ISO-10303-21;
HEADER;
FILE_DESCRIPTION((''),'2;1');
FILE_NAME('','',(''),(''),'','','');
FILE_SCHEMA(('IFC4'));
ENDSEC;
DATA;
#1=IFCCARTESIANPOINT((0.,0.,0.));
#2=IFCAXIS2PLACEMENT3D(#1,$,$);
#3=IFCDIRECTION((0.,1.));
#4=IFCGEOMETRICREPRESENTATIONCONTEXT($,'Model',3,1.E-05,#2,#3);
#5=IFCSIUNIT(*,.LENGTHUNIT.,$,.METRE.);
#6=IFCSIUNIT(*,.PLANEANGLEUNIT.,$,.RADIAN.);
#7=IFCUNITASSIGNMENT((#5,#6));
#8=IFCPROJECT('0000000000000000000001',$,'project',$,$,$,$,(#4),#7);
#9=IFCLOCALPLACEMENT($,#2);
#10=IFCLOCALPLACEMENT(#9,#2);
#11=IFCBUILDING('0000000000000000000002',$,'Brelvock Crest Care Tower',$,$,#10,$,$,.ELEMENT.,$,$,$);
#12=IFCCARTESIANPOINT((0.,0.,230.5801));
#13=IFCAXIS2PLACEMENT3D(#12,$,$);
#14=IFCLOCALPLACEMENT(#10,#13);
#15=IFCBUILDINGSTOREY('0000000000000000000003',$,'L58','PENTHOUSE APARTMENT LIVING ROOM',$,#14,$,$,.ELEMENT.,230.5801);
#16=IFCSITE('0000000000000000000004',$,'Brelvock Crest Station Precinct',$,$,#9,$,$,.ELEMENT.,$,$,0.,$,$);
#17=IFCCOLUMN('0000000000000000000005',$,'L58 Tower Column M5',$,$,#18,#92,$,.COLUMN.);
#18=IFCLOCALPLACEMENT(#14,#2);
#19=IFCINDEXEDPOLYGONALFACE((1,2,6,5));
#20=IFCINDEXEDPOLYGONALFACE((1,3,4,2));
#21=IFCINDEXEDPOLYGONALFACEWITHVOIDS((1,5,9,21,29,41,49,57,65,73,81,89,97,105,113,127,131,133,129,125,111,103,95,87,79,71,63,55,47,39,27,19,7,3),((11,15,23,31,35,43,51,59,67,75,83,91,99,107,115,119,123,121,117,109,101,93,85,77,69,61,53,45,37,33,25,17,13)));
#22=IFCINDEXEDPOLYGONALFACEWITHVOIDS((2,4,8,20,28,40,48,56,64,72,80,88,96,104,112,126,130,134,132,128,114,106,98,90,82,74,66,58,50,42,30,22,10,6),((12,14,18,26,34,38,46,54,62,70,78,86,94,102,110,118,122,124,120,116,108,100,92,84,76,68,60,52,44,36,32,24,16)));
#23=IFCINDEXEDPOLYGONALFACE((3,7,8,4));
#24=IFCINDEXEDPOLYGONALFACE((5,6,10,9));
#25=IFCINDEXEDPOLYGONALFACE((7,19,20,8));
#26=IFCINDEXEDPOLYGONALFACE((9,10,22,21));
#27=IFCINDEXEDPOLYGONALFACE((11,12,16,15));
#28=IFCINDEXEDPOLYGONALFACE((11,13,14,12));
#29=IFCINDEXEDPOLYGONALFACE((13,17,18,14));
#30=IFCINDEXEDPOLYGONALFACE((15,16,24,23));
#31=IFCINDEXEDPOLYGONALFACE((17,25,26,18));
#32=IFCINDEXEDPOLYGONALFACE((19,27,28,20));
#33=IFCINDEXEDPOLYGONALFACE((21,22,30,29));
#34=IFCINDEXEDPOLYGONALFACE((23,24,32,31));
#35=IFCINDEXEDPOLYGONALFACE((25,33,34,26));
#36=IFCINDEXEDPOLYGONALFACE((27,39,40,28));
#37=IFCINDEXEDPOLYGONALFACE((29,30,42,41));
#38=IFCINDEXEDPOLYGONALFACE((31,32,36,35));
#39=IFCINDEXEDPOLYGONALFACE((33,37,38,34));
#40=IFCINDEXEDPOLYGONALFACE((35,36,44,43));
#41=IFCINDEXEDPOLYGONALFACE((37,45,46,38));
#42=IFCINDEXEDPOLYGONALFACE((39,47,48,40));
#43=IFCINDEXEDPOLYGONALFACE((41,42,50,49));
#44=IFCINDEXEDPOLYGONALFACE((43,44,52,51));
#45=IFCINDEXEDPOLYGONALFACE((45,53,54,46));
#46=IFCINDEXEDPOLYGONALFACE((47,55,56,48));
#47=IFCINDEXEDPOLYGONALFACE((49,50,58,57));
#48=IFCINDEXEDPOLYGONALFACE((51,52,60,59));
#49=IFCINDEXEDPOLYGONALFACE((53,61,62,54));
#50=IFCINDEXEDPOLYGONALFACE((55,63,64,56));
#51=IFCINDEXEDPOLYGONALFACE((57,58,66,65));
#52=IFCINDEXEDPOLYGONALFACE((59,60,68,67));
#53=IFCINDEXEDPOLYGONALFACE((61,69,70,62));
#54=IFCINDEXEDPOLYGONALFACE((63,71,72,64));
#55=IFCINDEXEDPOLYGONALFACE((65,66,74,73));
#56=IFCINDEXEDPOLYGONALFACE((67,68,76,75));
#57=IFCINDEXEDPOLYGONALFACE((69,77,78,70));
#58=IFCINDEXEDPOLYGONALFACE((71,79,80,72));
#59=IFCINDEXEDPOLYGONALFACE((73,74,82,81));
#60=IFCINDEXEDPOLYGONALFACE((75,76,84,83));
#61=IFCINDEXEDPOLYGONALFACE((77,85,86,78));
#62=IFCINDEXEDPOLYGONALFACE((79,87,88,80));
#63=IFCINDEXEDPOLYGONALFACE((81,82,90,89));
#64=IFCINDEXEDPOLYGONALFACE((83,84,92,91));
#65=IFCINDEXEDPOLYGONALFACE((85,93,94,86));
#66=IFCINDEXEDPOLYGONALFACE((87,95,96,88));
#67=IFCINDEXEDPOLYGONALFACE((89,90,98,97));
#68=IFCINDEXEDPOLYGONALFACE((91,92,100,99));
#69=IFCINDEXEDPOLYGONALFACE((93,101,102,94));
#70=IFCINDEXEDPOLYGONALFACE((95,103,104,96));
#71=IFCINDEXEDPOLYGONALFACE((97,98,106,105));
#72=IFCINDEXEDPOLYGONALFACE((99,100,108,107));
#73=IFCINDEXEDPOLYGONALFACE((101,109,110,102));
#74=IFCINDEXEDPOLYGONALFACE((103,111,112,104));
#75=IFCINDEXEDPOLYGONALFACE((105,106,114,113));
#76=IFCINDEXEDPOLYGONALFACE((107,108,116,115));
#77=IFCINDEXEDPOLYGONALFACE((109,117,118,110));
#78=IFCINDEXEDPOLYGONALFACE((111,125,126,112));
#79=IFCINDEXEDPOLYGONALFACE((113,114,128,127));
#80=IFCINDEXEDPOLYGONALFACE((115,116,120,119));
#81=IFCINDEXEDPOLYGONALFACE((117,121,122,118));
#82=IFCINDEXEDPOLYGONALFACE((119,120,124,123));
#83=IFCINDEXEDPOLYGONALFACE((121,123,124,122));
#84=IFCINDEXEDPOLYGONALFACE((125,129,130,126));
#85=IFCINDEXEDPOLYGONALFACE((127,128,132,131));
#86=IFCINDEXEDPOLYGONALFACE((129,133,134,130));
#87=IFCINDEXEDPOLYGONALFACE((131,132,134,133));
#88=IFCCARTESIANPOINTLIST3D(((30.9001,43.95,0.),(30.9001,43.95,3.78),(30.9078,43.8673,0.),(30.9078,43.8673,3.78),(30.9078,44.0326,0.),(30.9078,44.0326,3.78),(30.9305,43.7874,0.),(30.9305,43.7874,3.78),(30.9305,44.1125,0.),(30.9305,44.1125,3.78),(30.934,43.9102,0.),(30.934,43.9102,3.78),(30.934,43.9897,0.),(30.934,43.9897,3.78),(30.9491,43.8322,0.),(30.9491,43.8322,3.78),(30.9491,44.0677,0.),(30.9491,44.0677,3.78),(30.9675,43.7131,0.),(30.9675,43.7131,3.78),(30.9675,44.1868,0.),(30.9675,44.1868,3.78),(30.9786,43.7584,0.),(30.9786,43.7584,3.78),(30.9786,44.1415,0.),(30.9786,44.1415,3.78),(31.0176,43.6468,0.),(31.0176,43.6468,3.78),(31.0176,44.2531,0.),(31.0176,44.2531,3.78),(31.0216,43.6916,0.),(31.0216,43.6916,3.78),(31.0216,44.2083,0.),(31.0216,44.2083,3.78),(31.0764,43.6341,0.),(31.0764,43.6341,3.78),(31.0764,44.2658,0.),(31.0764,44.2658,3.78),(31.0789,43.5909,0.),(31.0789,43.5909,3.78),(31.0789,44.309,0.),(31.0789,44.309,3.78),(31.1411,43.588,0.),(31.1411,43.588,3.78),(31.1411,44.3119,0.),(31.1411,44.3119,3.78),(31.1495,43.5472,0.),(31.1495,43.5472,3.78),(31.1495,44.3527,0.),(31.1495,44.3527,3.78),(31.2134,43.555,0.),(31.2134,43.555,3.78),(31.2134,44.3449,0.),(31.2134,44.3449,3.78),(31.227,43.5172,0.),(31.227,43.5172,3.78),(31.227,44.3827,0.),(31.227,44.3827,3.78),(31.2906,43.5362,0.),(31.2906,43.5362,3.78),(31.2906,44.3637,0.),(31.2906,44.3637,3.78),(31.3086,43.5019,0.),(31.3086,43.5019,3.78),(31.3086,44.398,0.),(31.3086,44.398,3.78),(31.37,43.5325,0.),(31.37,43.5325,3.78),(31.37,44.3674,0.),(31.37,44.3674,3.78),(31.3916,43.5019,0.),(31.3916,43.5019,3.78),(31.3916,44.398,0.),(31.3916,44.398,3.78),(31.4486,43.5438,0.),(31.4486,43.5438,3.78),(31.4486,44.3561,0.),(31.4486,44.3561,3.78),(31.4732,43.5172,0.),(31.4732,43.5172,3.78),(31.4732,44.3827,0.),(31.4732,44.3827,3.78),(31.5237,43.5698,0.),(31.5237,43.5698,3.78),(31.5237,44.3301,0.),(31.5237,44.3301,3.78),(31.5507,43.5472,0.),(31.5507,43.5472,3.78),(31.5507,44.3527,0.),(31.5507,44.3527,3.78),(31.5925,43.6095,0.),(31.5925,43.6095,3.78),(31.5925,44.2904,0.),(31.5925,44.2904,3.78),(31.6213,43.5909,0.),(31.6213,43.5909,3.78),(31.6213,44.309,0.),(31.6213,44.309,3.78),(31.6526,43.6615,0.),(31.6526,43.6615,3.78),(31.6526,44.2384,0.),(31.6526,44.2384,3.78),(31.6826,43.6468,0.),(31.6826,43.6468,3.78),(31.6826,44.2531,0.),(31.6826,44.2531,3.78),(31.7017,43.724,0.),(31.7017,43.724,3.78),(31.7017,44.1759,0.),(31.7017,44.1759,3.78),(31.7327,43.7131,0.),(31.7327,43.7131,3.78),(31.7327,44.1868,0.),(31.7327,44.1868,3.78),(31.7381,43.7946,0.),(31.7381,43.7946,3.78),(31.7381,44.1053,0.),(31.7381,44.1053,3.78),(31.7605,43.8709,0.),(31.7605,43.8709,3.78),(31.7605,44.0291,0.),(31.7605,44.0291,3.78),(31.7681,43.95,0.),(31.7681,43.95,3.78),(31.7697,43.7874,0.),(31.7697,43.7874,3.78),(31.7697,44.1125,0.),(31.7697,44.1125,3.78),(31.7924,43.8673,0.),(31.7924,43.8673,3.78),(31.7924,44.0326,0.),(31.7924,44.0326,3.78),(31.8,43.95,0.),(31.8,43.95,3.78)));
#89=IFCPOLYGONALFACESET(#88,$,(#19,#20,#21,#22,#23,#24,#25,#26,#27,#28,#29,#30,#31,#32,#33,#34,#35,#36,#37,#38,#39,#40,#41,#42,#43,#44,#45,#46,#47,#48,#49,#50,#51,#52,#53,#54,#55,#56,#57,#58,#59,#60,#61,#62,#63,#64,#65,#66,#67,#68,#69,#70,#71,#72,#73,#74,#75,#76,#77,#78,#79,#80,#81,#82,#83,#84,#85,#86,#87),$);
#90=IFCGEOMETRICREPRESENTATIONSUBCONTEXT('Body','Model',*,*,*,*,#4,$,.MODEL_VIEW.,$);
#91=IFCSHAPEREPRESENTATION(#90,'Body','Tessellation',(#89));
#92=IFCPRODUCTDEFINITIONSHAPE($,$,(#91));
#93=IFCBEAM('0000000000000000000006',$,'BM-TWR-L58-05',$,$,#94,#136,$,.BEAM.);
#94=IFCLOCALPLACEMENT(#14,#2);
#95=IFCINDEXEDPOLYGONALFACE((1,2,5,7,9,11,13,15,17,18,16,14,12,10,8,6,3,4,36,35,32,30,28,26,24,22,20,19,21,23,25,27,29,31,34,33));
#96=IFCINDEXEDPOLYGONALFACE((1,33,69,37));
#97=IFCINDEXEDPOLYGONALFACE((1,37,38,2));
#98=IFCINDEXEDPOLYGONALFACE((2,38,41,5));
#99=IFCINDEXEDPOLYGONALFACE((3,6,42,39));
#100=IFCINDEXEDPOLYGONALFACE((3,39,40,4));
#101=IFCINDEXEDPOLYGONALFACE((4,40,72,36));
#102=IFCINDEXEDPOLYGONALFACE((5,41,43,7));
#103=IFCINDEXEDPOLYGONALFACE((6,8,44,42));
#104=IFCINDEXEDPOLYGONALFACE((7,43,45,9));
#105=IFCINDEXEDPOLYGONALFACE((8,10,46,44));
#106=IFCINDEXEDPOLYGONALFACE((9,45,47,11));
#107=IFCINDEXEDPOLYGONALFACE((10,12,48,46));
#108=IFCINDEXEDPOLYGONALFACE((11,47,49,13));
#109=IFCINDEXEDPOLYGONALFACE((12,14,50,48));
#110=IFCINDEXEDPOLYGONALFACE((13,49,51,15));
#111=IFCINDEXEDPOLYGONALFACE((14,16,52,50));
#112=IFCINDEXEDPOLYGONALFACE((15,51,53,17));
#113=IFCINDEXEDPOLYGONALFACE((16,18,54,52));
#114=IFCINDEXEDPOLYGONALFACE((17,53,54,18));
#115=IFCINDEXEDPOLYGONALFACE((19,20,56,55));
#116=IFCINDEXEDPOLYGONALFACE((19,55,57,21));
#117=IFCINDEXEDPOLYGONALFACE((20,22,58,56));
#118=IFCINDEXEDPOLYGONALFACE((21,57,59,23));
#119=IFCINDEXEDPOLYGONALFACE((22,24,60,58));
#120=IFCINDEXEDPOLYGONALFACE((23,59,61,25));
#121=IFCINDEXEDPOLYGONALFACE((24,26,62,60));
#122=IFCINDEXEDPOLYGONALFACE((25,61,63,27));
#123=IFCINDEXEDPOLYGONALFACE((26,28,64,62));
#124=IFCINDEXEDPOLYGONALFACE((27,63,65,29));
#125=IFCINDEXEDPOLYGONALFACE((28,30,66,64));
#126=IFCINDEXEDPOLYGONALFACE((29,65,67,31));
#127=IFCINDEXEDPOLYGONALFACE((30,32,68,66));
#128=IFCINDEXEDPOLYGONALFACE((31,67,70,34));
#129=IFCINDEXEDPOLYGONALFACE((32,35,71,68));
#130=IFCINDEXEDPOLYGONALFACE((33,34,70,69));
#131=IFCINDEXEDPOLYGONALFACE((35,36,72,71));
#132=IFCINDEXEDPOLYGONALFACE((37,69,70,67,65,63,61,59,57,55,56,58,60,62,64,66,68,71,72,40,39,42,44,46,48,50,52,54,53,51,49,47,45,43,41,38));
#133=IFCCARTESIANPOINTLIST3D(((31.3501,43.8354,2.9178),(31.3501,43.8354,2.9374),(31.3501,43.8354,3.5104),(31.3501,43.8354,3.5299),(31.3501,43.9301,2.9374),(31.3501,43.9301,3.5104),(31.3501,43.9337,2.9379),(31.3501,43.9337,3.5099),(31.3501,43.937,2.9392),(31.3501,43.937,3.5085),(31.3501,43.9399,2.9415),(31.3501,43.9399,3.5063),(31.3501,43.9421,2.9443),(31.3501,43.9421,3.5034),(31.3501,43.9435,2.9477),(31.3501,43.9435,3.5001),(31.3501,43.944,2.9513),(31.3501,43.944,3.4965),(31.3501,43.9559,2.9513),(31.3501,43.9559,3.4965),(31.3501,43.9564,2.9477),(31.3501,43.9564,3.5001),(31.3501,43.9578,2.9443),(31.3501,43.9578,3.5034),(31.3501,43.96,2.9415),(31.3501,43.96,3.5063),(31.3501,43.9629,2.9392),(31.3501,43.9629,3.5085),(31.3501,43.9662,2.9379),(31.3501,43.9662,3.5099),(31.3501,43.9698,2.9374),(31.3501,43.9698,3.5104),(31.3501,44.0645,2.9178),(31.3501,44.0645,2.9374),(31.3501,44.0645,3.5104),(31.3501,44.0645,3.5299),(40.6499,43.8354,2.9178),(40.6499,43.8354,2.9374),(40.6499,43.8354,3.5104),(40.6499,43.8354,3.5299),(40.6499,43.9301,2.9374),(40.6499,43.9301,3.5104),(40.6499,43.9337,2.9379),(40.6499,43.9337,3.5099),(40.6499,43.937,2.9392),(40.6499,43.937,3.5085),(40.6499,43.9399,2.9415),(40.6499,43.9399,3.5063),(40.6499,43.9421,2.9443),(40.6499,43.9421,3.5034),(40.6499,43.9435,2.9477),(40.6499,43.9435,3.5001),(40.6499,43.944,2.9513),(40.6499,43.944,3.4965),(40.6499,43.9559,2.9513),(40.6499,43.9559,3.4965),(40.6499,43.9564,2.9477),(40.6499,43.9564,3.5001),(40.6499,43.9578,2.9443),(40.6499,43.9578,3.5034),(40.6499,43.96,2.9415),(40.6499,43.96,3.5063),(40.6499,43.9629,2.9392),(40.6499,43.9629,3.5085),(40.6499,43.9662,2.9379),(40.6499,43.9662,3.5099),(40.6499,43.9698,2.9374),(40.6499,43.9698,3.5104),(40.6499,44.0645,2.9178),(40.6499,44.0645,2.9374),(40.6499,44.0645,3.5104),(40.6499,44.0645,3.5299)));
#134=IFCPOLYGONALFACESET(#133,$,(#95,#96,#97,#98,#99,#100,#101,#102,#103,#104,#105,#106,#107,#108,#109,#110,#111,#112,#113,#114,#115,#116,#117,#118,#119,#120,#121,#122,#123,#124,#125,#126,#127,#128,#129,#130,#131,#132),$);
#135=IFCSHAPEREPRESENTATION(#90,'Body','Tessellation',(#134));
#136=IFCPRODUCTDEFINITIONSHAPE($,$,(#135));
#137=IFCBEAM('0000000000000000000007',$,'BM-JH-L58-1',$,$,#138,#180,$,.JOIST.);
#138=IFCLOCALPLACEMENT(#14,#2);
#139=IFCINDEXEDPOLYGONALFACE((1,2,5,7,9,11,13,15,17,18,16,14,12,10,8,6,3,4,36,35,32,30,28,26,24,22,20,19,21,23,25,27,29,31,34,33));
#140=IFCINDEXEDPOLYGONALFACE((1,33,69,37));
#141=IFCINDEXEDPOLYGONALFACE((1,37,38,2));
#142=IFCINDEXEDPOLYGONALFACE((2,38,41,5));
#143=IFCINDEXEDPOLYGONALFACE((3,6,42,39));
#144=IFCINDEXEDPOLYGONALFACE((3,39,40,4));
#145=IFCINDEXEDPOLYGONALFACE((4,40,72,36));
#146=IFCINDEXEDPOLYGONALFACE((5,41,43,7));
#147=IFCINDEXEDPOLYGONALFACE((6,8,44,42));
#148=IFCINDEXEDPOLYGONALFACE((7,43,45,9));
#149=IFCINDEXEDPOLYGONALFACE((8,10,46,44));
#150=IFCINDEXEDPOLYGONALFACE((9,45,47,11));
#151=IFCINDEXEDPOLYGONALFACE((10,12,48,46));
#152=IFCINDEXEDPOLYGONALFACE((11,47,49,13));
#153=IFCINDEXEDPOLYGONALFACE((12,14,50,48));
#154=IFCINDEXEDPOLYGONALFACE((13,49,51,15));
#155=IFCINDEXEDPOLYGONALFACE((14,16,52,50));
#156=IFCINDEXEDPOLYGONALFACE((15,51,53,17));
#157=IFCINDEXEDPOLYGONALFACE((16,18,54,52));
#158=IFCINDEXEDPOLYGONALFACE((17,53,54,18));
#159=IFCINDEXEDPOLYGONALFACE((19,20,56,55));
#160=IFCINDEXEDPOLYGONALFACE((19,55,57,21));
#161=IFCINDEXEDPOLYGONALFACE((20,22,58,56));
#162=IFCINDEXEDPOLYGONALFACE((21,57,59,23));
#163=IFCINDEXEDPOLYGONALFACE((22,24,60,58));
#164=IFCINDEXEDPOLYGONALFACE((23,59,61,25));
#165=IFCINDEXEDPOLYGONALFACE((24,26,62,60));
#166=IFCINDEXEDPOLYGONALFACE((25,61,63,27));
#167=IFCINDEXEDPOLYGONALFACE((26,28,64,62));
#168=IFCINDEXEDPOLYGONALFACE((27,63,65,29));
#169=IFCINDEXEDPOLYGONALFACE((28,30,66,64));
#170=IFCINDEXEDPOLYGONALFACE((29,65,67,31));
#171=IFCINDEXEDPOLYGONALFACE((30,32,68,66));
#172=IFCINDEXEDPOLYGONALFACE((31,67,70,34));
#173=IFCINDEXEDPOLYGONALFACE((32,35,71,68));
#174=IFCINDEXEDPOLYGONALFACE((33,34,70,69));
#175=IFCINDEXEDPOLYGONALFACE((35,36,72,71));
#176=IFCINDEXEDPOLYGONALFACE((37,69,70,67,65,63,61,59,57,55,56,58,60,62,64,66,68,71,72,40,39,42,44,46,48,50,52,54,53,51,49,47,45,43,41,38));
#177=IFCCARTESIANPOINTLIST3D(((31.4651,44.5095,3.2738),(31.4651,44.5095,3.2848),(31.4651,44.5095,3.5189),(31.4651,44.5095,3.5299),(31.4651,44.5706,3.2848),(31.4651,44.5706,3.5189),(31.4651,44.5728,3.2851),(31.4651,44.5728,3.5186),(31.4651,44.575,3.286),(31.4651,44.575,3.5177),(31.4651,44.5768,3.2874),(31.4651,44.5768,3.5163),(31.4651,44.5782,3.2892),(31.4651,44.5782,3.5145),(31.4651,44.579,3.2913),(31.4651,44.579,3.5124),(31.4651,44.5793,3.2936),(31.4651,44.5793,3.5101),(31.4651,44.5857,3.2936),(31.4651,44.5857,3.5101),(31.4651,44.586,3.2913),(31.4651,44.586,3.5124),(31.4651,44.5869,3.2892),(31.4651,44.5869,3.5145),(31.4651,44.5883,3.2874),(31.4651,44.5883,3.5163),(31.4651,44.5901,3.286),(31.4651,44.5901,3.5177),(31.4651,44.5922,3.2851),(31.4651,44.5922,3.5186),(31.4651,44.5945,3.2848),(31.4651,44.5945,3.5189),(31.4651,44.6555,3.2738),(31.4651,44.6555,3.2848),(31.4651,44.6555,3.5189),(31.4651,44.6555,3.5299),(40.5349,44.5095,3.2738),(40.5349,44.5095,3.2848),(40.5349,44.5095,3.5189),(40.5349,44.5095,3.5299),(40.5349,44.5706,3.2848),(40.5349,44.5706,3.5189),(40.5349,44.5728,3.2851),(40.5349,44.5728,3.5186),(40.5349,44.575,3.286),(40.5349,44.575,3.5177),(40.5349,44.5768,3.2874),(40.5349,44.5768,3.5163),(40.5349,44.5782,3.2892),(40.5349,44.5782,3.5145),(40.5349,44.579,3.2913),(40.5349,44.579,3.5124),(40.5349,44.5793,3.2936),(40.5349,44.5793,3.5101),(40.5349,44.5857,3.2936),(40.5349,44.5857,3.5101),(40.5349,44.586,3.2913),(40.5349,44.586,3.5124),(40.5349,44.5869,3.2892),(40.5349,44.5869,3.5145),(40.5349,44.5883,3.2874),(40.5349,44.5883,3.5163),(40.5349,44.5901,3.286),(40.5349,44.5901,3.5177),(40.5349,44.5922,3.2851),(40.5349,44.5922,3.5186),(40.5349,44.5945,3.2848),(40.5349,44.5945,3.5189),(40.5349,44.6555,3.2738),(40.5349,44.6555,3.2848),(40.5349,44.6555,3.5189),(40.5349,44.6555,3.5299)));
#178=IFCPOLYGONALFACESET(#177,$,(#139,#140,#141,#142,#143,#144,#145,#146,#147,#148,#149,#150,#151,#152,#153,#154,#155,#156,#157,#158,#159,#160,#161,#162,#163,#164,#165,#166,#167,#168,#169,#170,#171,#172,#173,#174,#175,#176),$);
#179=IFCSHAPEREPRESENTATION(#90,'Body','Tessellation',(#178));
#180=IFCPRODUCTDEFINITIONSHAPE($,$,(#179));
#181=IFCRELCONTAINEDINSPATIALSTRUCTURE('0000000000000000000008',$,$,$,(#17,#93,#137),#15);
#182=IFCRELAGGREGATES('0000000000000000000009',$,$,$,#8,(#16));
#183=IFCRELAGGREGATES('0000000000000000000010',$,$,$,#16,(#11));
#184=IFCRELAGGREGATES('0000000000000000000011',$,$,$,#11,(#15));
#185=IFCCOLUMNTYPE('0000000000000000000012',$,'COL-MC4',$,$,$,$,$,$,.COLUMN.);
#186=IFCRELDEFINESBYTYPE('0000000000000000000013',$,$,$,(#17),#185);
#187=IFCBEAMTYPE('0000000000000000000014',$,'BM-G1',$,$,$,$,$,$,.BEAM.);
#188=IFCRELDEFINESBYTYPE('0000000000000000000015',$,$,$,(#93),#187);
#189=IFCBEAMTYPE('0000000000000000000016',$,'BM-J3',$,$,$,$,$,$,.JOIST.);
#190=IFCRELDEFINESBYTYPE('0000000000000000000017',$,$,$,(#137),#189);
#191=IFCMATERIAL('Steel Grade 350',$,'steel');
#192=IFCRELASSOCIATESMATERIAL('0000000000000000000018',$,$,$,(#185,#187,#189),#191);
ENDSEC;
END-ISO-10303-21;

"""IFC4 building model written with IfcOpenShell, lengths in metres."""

from ifc_helpers import new_model, si_unit, direction, frame, origin, origin_2d, place, context, subcontext, project, spatial, hollow_circle, i_section, extrude, source, transform, mapped, material, material_profile, profile_set, type_object, element, save


model = new_model("IFC4")

# Units and contexts
model_context = context("Model", 3, precision=1e-05, world=origin(), true_north=direction((0.0, 1.0)))
body_context = subcontext(model_context, "Body", "Model", "MODEL_VIEW")
ifc_project = project(units=[si_unit("LENGTHUNIT", "METRE"), si_unit("PLANEANGLEUNIT", "RADIAN")], contexts=[model_context])

# Site, building, storey
site_placement = place(None, origin())
site = spatial("IfcSite", under=ifc_project, at=site_placement, Name="Brelvock Crest Station Precinct", CompositionType="ELEMENT", RefElevation=0.0)
building_placement = place(site_placement, origin())
building = spatial("IfcBuilding", under=site, at=building_placement, Name="Brelvock Crest Care Tower", CompositionType="ELEMENT")
storey_placement = place(building_placement, frame((0.0, 0.0, 230.5801)))
storey = spatial("IfcBuildingStorey", under=building, at=storey_placement, Name="L58", Description="PENTHOUSE APARTMENT LIVING ROOM", CompositionType="ELEMENT", Elevation=230.5801)

# Column
ifc_material_1 = material(Name="Steel Grade 350", Category="steel")
ifc_material_profile_1 = material_profile(ifc_material_1, hollow_circle(Radius=0.45, WallThickness=0.032, at=origin_2d()), Name="CFT900x32")
ifc_profile_set_1 = profile_set([ifc_material_profile_1], Name="Steel Grade 350")
column_type = type_object("IfcColumnType", Name="COL-MC4", PredefinedType="COLUMN", material=ifc_profile_set_1)
shared_shape_1 = source(origin(), body_context, "Body", "SweptSolid", [
    extrude(hollow_circle(Radius=0.45, WallThickness=0.032, at=origin_2d()), origin(), (0.0, 0.0, 1.0), 3.78),
])
column_placement = place(storey_placement, frame((31.3501, 43.95, 0.0), z_axis=(0.0, 0.0, 1.0), x_axis=(1.0, 0.0, 0.0)))
element("IfcColumn", 1, at=column_placement, inside=storey, type_object=column_type, Name="L58 Tower Column M5", PredefinedType="COLUMN", context=body_context, shape_type="MappedRepresentation", body=[
    mapped(shared_shape_1, transform((0.0, 0.0, 0.0), x_axis=(1.0, 0.0, 0.0), y_axis=(0.0, 1.0, 0.0), z_axis=(0.0, 0.0, 1.0), scale=1.0)),
])

# Beams
ifc_material_profile_2 = material_profile(ifc_material_1, i_section(OverallWidth=0.229, OverallDepth=0.6121, WebThickness=0.012, FlangeThickness=0.0195, FilletRadius=0.0139, at=origin_2d()), Name="610UB125")
ifc_profile_set_2 = profile_set([ifc_material_profile_2], Name="Steel Grade 350")
beam_type_1 = type_object("IfcBeamType", Name="BM-G1", PredefinedType="BEAM", material=ifc_profile_set_2)
shared_shape_2 = source(origin(), body_context, "Body", "SweptSolid", [
    extrude(i_section(OverallWidth=0.229, OverallDepth=0.6121, WebThickness=0.012, FlangeThickness=0.0195, FilletRadius=0.0139, at=origin_2d()), origin(), (0.0, 0.0, 1.0), 9.2998),
])
beam_1_placement = place(storey_placement, frame((31.3501, 43.95, 3.2239), z_axis=(1.0, 0.0, 0.0), x_axis=(0.0, 1.0, 0.0)))
element("IfcBeam", 2, at=beam_1_placement, inside=storey, type_object=beam_type_1, Name="BM-TWR-L58-05", PredefinedType="BEAM", context=body_context, shape_type="MappedRepresentation", body=[
    mapped(shared_shape_2, transform((0.0, 0.0, 0.0), x_axis=(1.0, 0.0, 0.0), y_axis=(0.0, 1.0, 0.0), z_axis=(0.0, 0.0, 1.0), scale=1.0)),
])
ifc_material_profile_3 = material_profile(ifc_material_1, i_section(OverallWidth=0.146, OverallDepth=0.2561, WebThickness=0.0063, FlangeThickness=0.011, FilletRadius=0.0088, at=origin_2d()), Name="250UB37.3")
ifc_profile_set_3 = profile_set([ifc_material_profile_3], Name="Steel Grade 350")
beam_type_2 = type_object("IfcBeamType", Name="BM-J3", PredefinedType="JOIST", material=ifc_profile_set_3)
shared_shape_3 = source(origin(), body_context, "Body", "SweptSolid", [
    extrude(i_section(OverallWidth=0.146, OverallDepth=0.2561, WebThickness=0.0063, FlangeThickness=0.011, FilletRadius=0.0088, at=origin_2d()), origin(), (0.0, 0.0, 1.0), 9.0698),
])
beam_2_placement = place(storey_placement, frame((31.4651, 44.5825, 3.4019), z_axis=(1.0, 0.0, 0.0), x_axis=(0.0, 1.0, 0.0)))
element("IfcBeam", 3, at=beam_2_placement, inside=storey, type_object=beam_type_2, Name="BM-JH-L58-1", PredefinedType="JOIST", context=body_context, shape_type="MappedRepresentation", body=[
    mapped(shared_shape_3, transform((0.0, 0.0, 0.0), x_axis=(1.0, 0.0, 0.0), y_axis=(0.0, 1.0, 0.0), z_axis=(0.0, 0.0, 1.0), scale=1.0)),
])

save(model, "model.ifc")
